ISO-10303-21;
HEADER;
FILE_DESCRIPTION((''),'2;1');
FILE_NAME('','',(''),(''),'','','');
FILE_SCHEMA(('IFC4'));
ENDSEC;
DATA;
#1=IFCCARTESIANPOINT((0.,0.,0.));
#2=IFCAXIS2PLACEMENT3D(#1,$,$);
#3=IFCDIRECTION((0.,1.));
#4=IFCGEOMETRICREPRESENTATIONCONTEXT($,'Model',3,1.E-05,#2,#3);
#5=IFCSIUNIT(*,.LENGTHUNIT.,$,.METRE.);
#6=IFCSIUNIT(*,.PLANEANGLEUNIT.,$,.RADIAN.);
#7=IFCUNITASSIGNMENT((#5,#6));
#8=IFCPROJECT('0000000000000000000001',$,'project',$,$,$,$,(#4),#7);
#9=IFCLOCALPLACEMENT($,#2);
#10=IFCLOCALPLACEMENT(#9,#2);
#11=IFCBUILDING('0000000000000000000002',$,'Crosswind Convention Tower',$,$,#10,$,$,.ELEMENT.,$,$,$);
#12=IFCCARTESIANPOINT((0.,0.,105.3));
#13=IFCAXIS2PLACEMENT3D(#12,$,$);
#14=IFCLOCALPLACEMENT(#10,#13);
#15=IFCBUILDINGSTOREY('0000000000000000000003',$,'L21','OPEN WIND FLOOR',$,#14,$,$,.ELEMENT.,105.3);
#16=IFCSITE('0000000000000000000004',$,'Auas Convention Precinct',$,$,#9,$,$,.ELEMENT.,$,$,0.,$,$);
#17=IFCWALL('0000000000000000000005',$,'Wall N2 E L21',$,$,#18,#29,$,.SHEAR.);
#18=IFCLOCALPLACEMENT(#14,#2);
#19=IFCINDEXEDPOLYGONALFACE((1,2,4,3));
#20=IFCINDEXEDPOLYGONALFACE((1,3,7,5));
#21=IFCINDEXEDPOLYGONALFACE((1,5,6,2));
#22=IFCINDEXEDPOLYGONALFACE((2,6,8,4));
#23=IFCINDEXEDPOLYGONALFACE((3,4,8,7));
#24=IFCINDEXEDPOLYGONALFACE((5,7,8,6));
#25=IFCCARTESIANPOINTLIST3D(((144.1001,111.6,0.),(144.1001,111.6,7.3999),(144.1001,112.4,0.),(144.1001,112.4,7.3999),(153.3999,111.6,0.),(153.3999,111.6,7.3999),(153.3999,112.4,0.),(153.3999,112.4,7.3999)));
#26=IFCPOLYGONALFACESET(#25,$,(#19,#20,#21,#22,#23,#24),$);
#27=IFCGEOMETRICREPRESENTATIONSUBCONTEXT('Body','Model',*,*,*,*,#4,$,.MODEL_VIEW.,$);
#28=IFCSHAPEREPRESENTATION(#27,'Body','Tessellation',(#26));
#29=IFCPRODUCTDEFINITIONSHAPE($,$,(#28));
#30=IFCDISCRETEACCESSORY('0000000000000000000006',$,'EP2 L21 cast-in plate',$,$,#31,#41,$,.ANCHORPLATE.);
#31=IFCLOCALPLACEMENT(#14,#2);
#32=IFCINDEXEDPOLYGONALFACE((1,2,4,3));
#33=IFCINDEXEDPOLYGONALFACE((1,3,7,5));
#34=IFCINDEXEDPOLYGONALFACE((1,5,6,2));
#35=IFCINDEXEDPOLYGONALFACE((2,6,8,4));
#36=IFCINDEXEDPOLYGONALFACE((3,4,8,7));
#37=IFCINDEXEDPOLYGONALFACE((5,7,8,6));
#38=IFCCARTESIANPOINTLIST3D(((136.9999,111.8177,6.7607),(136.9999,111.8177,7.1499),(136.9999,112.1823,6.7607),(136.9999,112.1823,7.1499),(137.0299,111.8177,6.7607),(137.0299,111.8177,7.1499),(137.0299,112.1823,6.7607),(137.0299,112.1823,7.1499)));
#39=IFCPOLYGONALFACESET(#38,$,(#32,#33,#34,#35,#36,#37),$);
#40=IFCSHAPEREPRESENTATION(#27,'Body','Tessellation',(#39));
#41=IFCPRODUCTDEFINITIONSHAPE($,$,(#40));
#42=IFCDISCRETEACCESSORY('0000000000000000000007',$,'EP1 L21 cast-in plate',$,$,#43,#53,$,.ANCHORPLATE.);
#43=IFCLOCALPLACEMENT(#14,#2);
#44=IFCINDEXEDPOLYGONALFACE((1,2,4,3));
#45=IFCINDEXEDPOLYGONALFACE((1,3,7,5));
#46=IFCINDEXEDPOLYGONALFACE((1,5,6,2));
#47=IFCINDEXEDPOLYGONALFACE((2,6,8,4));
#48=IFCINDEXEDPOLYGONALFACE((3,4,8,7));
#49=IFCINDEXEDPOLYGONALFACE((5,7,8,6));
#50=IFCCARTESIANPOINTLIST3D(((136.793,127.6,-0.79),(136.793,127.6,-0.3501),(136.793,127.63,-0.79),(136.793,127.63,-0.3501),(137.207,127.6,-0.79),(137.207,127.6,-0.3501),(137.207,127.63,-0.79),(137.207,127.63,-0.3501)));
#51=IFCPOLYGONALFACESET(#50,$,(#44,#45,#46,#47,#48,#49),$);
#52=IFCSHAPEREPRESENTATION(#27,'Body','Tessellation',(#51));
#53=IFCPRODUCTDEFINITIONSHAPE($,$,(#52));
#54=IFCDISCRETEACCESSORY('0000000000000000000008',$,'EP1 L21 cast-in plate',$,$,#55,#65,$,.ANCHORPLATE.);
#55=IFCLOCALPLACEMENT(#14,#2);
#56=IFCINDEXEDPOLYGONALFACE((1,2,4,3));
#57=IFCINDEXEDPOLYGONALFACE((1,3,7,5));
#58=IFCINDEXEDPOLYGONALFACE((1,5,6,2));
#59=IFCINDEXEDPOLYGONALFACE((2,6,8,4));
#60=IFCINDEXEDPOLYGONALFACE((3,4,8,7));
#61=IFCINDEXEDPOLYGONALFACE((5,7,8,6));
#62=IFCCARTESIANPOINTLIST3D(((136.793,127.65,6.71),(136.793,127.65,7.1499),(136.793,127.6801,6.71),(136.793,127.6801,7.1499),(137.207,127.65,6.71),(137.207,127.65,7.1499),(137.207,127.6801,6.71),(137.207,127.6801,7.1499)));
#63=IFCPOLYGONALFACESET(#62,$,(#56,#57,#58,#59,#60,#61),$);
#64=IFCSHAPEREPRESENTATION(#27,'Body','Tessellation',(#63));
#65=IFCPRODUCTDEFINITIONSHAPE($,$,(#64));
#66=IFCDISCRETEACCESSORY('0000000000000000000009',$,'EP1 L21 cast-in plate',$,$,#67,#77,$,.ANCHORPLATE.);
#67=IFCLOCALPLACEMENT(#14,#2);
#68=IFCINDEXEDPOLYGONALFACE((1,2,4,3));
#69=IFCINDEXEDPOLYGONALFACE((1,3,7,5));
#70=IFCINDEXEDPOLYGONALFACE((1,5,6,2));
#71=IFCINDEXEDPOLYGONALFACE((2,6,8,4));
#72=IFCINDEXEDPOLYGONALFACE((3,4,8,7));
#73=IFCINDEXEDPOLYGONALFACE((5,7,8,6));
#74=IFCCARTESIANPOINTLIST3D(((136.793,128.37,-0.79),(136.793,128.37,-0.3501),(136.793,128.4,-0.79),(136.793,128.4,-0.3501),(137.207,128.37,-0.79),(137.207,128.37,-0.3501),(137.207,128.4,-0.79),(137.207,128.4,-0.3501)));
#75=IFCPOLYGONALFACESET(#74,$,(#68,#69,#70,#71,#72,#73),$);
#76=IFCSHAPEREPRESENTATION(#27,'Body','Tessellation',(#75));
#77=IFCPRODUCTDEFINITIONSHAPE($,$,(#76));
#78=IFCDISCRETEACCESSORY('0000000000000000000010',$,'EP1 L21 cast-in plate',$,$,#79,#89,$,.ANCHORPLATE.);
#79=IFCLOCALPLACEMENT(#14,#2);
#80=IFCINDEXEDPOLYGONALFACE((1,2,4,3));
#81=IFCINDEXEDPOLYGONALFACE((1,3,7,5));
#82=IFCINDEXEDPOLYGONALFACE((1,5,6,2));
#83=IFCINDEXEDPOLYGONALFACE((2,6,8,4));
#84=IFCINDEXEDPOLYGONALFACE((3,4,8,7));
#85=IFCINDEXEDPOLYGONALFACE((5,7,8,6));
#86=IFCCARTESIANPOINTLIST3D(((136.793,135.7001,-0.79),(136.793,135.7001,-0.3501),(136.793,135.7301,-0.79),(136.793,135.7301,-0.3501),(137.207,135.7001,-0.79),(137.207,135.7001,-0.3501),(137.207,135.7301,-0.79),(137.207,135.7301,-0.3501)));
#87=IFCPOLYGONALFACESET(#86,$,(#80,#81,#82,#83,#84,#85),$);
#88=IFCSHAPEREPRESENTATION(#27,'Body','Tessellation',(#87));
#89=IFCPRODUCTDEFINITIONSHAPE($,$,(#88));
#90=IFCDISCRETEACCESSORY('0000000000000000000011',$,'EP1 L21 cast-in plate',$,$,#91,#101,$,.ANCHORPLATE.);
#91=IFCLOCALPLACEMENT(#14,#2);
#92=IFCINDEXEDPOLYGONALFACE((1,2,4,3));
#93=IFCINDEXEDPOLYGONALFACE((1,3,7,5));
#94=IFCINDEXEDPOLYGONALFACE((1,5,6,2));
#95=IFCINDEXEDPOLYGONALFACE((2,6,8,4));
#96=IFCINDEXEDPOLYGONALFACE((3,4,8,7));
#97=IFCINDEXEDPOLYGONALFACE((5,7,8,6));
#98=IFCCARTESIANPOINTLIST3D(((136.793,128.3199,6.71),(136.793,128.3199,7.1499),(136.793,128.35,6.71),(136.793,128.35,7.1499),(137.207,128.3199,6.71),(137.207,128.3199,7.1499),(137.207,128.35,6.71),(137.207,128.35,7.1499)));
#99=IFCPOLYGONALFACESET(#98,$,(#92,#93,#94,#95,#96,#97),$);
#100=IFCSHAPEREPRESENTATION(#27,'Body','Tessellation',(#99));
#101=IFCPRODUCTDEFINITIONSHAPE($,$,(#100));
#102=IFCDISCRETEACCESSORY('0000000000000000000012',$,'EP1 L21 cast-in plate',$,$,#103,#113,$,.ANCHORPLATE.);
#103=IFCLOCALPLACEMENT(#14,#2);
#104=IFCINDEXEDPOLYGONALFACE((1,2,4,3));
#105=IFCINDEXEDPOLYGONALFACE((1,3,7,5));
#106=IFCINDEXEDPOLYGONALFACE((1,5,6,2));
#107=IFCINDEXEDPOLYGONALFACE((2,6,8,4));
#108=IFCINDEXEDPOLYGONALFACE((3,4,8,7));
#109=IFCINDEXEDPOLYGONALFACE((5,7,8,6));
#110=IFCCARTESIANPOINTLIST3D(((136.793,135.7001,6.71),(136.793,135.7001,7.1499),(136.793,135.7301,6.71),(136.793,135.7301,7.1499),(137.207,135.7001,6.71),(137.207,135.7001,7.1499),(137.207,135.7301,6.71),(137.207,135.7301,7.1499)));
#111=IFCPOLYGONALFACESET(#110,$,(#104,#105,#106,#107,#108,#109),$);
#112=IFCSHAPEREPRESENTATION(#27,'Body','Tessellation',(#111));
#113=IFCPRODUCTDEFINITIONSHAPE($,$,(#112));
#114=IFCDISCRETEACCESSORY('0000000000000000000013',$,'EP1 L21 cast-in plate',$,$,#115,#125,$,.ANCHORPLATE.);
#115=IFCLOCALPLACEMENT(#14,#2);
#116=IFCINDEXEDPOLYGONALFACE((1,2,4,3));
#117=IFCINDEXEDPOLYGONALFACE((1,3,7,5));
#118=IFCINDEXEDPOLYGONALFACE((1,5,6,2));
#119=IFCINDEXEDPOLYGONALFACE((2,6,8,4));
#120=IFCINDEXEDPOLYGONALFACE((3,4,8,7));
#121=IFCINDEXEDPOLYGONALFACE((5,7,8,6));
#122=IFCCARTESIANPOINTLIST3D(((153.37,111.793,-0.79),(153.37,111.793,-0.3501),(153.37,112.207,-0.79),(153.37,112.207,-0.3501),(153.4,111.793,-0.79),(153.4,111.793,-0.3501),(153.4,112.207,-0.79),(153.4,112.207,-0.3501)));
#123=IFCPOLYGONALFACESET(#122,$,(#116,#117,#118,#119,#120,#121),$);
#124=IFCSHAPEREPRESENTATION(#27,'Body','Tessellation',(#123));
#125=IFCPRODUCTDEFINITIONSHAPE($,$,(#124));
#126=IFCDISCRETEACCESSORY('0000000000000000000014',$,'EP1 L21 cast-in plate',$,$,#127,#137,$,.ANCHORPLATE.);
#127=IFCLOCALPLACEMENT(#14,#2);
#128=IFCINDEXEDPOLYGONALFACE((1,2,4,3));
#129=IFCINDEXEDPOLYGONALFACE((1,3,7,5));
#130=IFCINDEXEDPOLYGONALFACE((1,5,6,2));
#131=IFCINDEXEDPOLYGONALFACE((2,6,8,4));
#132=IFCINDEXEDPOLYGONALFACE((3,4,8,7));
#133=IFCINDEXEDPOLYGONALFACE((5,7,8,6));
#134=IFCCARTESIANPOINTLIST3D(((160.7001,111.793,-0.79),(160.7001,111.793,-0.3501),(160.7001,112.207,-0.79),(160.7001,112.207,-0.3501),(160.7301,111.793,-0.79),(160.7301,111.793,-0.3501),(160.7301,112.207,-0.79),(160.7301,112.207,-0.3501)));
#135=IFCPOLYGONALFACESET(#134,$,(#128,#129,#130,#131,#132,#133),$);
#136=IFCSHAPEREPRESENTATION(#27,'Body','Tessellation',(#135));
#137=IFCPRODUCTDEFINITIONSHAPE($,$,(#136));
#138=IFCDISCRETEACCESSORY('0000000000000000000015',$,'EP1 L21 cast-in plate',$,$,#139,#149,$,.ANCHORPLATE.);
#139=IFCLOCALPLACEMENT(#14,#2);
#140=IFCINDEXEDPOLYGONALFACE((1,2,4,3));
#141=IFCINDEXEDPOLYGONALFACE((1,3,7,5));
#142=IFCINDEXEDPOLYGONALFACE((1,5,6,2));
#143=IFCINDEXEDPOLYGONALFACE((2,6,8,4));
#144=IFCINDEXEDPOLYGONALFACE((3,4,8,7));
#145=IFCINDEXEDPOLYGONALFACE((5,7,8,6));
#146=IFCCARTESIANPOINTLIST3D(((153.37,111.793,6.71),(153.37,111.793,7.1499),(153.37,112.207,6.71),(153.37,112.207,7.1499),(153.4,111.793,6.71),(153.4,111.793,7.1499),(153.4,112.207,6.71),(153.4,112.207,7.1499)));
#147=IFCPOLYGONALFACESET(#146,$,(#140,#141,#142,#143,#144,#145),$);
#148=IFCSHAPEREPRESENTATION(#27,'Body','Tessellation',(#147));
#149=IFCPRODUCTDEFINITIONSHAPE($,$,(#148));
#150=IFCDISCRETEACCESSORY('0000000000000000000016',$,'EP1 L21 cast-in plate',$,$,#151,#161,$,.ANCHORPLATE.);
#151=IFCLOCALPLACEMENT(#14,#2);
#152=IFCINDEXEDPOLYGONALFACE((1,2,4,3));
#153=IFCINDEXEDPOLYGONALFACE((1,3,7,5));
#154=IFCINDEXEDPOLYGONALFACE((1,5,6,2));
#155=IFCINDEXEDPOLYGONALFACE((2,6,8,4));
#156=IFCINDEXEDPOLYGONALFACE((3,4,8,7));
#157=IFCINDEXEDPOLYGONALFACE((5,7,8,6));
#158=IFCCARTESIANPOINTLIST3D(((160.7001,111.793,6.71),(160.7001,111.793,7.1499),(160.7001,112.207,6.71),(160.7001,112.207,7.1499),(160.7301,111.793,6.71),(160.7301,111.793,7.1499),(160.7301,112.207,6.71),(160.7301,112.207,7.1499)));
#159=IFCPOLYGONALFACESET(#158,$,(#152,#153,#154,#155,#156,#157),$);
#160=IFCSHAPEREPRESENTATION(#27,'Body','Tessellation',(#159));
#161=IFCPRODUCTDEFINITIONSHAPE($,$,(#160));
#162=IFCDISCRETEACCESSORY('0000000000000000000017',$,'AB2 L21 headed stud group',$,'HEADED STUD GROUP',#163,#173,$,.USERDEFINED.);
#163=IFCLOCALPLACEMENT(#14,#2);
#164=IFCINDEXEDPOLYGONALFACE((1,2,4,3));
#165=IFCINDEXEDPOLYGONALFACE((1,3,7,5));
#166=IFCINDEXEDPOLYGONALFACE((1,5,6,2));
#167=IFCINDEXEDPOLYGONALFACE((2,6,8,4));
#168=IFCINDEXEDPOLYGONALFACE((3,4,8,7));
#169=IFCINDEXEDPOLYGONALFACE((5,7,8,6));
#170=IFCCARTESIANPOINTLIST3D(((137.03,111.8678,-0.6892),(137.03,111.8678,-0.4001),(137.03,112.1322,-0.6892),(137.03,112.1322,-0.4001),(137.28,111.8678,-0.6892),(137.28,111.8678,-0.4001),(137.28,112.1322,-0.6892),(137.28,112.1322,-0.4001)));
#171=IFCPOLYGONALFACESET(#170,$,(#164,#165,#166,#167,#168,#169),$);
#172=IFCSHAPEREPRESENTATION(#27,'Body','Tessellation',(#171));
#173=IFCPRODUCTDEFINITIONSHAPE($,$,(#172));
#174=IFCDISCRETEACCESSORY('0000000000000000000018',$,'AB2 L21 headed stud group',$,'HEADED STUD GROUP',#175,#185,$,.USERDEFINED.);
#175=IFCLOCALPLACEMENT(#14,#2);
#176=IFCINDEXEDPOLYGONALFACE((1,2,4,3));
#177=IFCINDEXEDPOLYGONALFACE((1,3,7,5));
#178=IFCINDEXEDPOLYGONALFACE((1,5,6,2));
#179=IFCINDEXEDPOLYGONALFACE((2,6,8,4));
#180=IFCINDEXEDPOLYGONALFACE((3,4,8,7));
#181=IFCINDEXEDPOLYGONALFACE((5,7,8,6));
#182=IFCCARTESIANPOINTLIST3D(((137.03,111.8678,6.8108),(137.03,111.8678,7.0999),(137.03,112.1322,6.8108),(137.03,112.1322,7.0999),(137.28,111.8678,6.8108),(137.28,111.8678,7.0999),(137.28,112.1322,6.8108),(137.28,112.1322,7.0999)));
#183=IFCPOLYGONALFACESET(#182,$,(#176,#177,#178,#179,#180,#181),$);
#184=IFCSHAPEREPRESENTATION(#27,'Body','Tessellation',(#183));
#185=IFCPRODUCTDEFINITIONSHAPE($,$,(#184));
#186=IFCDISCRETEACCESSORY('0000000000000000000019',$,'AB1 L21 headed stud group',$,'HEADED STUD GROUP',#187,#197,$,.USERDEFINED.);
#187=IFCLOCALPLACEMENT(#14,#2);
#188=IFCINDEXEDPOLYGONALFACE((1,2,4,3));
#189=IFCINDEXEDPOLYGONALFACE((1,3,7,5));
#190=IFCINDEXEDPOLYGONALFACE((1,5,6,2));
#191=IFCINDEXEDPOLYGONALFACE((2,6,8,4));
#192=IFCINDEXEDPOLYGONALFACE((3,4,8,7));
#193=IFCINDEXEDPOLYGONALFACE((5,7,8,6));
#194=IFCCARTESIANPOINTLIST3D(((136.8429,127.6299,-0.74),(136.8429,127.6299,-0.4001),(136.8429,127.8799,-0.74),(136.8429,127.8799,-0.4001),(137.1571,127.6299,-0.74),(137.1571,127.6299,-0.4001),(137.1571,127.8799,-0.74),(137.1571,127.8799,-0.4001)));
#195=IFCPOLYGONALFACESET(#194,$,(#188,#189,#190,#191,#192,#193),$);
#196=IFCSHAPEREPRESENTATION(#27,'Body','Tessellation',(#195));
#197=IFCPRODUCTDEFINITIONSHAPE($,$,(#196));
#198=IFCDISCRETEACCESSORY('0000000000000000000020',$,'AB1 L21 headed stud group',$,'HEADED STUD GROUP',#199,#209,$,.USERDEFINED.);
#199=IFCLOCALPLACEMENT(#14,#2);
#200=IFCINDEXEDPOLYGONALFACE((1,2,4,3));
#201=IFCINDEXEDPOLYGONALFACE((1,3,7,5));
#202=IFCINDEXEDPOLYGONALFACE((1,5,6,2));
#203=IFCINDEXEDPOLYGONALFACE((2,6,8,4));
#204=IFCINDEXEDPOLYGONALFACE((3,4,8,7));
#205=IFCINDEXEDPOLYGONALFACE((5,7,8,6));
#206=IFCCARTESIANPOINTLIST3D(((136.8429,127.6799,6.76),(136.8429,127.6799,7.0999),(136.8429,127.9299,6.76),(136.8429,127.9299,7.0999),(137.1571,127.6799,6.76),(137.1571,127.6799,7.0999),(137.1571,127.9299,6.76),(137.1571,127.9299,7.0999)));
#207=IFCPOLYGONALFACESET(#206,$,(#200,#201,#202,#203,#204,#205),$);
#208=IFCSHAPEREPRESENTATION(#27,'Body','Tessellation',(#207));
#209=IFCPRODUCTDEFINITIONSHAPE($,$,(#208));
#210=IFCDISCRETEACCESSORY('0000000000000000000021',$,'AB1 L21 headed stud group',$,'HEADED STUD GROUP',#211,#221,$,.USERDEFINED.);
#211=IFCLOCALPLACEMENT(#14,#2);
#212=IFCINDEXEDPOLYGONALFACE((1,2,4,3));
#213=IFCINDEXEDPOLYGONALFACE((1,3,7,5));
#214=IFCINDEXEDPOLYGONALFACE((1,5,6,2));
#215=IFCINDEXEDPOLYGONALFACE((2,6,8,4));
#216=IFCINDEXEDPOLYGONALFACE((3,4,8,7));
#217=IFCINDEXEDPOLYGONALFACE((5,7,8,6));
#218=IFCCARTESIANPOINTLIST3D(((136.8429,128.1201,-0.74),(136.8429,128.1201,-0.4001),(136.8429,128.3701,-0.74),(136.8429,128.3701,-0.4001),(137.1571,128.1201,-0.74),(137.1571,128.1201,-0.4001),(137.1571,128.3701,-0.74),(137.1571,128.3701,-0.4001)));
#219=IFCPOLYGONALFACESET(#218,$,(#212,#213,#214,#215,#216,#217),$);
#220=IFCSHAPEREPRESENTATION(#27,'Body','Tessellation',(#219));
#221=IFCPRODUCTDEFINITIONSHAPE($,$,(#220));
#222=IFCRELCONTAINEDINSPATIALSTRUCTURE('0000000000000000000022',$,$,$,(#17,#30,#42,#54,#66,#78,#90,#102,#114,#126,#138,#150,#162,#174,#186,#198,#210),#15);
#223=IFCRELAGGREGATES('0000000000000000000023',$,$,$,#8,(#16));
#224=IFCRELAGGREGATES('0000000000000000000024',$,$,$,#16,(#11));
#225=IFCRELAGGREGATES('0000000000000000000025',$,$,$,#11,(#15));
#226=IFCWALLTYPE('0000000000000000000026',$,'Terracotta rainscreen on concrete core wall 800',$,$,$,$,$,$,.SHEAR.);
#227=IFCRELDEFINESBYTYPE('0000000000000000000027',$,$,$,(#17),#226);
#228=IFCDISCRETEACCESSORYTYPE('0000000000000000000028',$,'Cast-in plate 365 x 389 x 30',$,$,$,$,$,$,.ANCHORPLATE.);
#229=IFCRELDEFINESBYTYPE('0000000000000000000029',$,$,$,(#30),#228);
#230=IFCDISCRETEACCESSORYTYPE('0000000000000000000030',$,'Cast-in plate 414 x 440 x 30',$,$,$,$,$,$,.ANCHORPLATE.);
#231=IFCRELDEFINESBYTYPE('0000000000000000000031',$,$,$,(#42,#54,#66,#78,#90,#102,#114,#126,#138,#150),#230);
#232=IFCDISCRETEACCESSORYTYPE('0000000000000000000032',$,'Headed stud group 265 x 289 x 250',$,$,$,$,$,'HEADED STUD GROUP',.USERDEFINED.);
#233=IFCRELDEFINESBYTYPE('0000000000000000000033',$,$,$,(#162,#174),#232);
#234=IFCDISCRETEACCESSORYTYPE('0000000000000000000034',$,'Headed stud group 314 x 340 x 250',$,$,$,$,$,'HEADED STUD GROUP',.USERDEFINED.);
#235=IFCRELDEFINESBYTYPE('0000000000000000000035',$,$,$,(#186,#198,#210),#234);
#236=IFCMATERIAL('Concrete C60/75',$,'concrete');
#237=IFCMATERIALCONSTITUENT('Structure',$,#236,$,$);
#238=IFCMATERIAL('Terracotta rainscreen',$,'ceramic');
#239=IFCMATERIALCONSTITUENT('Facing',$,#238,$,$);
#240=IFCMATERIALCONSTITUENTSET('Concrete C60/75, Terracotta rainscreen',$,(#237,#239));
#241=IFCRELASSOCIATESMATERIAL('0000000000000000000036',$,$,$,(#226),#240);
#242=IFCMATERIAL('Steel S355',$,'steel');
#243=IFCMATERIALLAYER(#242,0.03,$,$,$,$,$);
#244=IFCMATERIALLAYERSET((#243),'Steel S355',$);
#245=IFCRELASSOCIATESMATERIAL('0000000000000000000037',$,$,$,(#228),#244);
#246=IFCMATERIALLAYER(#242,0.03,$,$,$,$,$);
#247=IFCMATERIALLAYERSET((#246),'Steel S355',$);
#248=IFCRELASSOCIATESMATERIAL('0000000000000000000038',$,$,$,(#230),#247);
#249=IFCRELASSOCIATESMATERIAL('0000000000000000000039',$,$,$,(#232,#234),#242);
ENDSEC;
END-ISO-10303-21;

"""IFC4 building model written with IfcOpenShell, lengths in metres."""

from ifc_helpers import new_model, si_unit, direction, frame, frame_2d, origin, origin_2d, place, context, subcontext, project, spatial, rectangle, extrude, material, layer, layer_set, constituent, constituent_set, type_object, element, save


model = new_model("IFC4")

# Units and contexts
model_context = context("Model", 3, precision=1e-05, world=origin(), true_north=direction((0.0, 1.0)))
body_context = subcontext(model_context, "Body", "Model", "MODEL_VIEW")
ifc_project = project(units=[si_unit("LENGTHUNIT", "METRE"), si_unit("PLANEANGLEUNIT", "RADIAN")], contexts=[model_context])

# Site, building, storey
site_placement = place(None, origin())
site = spatial("IfcSite", under=ifc_project, at=site_placement, Name="Auas Convention Precinct", CompositionType="ELEMENT", RefElevation=0.0)
building_placement = place(site_placement, origin())
building = spatial("IfcBuilding", under=site, at=building_placement, Name="Crosswind Convention Tower", CompositionType="ELEMENT")
storey_placement = place(building_placement, frame((0.0, 0.0, 105.3)))
storey = spatial("IfcBuildingStorey", under=building, at=storey_placement, Name="L21", Description="OPEN WIND FLOOR", CompositionType="ELEMENT", Elevation=105.3)

# Shared definitions
ifc_material_1 = material(Name="Concrete C60/75", Category="concrete")

# Shared definitions
ifc_material_2 = material(Name="Steel S355", Category="steel")

# Wall
ifc_constituent_1 = constituent(ifc_material_1, Name="Structure")
ifc_material_3 = material(Name="Terracotta rainscreen", Category="ceramic")
ifc_constituent_2 = constituent(ifc_material_3, Name="Facing")
ifc_constituent_set = constituent_set(constituents=[ifc_constituent_1, ifc_constituent_2], Name="Concrete C60/75, Terracotta rainscreen")
wall_type = type_object("IfcWallType", Name="Terracotta rainscreen on concrete core wall 800", PredefinedType="SHEAR", material=ifc_constituent_set)
wall_placement = place(storey_placement, frame((144.1001, 112.0, 0.0), z_axis=(0.0, 0.0, 1.0), x_axis=(1.0, 0.0, 0.0)))
element("IfcWall", 1, at=wall_placement, inside=storey, type_object=wall_type, Name="Wall N2 E L21", PredefinedType="SHEAR", context=body_context, shape_type="SweptSolid", body=[
    extrude(rectangle(XDim=9.2998, YDim=0.8, at=frame_2d((4.6499, 0.0))), origin(), (0.0, 0.0, 1.0), 7.3999),
])

# Discrete accessories
ifc_layer_1 = layer(ifc_material_2, 0.03)
ifc_layer_set_1 = layer_set([ifc_layer_1], Name="Steel S355")
discrete_accessory_type_1 = type_object("IfcDiscreteAccessoryType", Name="Cast-in plate 365 x 389 x 30", PredefinedType="ANCHORPLATE", material=ifc_layer_set_1)
discrete_accessory_placement = place(storey_placement, frame((137.0149, 112.0, 6.7607), z_axis=(0.0, 0.0, 1.0), x_axis=(1.0, 0.0, 0.0)))
element("IfcDiscreteAccessory", 2, at=discrete_accessory_placement, inside=storey, type_object=discrete_accessory_type_1, Name="EP2 L21 cast-in plate", PredefinedType="ANCHORPLATE", context=body_context, shape_type="SweptSolid", body=[
    extrude(rectangle(XDim=0.03, YDim=0.3645, at=origin_2d()), origin(), (0.0, 0.0, 1.0), 0.3892),
])
ifc_layer_2 = layer(ifc_material_2, 0.03)
ifc_layer_set_2 = layer_set([ifc_layer_2], Name="Steel S355")
discrete_accessory_type_2 = type_object("IfcDiscreteAccessoryType", Name="Cast-in plate 414 x 440 x 30", PredefinedType="ANCHORPLATE", material=ifc_layer_set_2)
for number, where, z_axis, x_axis, name in (
    (3, (137.0, 127.615, -0.79), (0.0, 0.0, 1.0), (1.0, 0.0, 0.0), "EP1 L21 cast-in plate"),
    (4, (137.0, 127.665, 6.71), (0.0, 0.0, 1.0), (1.0, 0.0, 0.0), "EP1 L21 cast-in plate"),
    (5, (137.0, 128.385, -0.79), (0.0, 0.0, 1.0), (1.0, 0.0, 0.0), "EP1 L21 cast-in plate"),
    (6, (137.0, 135.7151, -0.79), (0.0, 0.0, 1.0), (1.0, 0.0, 0.0), "EP1 L21 cast-in plate"),
    (7, (137.0, 128.335, 6.71), (0.0, 0.0, 1.0), (1.0, 0.0, 0.0), "EP1 L21 cast-in plate"),
    (8, (137.0, 135.7151, 6.71), (0.0, 0.0, 1.0), (1.0, 0.0, 0.0), "EP1 L21 cast-in plate"),
):
    element("IfcDiscreteAccessory", number, at=place(storey_placement, frame(where, z_axis=z_axis, x_axis=x_axis)), inside=storey, type_object=discrete_accessory_type_2, Name=name, PredefinedType="ANCHORPLATE", context=body_context, shape_type="SweptSolid", body=[
        extrude(rectangle(XDim=0.4141, YDim=0.03, at=origin_2d()), origin(), (0.0, 0.0, 1.0), 0.4399),
    ])
for number, where, z_axis, x_axis, name in (
    (9, (153.385, 112.0, -0.79), (0.0, 0.0, 1.0), (1.0, 0.0, 0.0), "EP1 L21 cast-in plate"),
    (10, (160.7151, 112.0, -0.79), (0.0, 0.0, 1.0), (1.0, 0.0, 0.0), "EP1 L21 cast-in plate"),
    (11, (153.385, 112.0, 6.71), (0.0, 0.0, 1.0), (1.0, 0.0, 0.0), "EP1 L21 cast-in plate"),
    (12, (160.7151, 112.0, 6.71), (0.0, 0.0, 1.0), (1.0, 0.0, 0.0), "EP1 L21 cast-in plate"),
):
    element("IfcDiscreteAccessory", number, at=place(storey_placement, frame(where, z_axis=z_axis, x_axis=x_axis)), inside=storey, type_object=discrete_accessory_type_2, Name=name, PredefinedType="ANCHORPLATE", context=body_context, shape_type="SweptSolid", body=[
        extrude(rectangle(XDim=0.03, YDim=0.4141, at=origin_2d()), origin(), (0.0, 0.0, 1.0), 0.4399),
    ])
discrete_accessory_type_3 = type_object("IfcDiscreteAccessoryType", Name="Headed stud group 265 x 289 x 250", ElementType="HEADED STUD GROUP", PredefinedType="USERDEFINED", material=ifc_material_2)
for number, where, z_axis, x_axis, name in (
    (13, (137.155, 112.0, -0.6892), (0.0, 0.0, 1.0), (1.0, 0.0, 0.0), "AB2 L21 headed stud group"),
    (14, (137.155, 112.0, 6.8108), (0.0, 0.0, 1.0), (1.0, 0.0, 0.0), "AB2 L21 headed stud group"),
):
    element("IfcDiscreteAccessory", number, at=place(storey_placement, frame(where, z_axis=z_axis, x_axis=x_axis)), inside=storey, type_object=discrete_accessory_type_3, Name=name, ObjectType="HEADED STUD GROUP", PredefinedType="USERDEFINED", context=body_context, shape_type="SweptSolid", body=[
        extrude(rectangle(XDim=0.25, YDim=0.2644, at=origin_2d()), origin(), (0.0, 0.0, 1.0), 0.2891),
    ])
discrete_accessory_type_4 = type_object("IfcDiscreteAccessoryType", Name="Headed stud group 314 x 340 x 250", ElementType="HEADED STUD GROUP", PredefinedType="USERDEFINED", material=ifc_material_2)
for number, where, z_axis, x_axis, name in (
    (15, (137.0, 127.7549, -0.74), (0.0, 0.0, 1.0), (1.0, 0.0, 0.0), "AB1 L21 headed stud group"),
    (16, (137.0, 127.8049, 6.76), (0.0, 0.0, 1.0), (1.0, 0.0, 0.0), "AB1 L21 headed stud group"),
    (17, (137.0, 128.2451, -0.74), (0.0, 0.0, 1.0), (1.0, 0.0, 0.0), "AB1 L21 headed stud group"),
):
    element("IfcDiscreteAccessory", number, at=place(storey_placement, frame(where, z_axis=z_axis, x_axis=x_axis)), inside=storey, type_object=discrete_accessory_type_4, Name=name, ObjectType="HEADED STUD GROUP", PredefinedType="USERDEFINED", context=body_context, shape_type="SweptSolid", body=[
        extrude(rectangle(XDim=0.3142, YDim=0.25, at=origin_2d()), origin(), (0.0, 0.0, 1.0), 0.3398),
    ])

save(model, "model.ifc")
